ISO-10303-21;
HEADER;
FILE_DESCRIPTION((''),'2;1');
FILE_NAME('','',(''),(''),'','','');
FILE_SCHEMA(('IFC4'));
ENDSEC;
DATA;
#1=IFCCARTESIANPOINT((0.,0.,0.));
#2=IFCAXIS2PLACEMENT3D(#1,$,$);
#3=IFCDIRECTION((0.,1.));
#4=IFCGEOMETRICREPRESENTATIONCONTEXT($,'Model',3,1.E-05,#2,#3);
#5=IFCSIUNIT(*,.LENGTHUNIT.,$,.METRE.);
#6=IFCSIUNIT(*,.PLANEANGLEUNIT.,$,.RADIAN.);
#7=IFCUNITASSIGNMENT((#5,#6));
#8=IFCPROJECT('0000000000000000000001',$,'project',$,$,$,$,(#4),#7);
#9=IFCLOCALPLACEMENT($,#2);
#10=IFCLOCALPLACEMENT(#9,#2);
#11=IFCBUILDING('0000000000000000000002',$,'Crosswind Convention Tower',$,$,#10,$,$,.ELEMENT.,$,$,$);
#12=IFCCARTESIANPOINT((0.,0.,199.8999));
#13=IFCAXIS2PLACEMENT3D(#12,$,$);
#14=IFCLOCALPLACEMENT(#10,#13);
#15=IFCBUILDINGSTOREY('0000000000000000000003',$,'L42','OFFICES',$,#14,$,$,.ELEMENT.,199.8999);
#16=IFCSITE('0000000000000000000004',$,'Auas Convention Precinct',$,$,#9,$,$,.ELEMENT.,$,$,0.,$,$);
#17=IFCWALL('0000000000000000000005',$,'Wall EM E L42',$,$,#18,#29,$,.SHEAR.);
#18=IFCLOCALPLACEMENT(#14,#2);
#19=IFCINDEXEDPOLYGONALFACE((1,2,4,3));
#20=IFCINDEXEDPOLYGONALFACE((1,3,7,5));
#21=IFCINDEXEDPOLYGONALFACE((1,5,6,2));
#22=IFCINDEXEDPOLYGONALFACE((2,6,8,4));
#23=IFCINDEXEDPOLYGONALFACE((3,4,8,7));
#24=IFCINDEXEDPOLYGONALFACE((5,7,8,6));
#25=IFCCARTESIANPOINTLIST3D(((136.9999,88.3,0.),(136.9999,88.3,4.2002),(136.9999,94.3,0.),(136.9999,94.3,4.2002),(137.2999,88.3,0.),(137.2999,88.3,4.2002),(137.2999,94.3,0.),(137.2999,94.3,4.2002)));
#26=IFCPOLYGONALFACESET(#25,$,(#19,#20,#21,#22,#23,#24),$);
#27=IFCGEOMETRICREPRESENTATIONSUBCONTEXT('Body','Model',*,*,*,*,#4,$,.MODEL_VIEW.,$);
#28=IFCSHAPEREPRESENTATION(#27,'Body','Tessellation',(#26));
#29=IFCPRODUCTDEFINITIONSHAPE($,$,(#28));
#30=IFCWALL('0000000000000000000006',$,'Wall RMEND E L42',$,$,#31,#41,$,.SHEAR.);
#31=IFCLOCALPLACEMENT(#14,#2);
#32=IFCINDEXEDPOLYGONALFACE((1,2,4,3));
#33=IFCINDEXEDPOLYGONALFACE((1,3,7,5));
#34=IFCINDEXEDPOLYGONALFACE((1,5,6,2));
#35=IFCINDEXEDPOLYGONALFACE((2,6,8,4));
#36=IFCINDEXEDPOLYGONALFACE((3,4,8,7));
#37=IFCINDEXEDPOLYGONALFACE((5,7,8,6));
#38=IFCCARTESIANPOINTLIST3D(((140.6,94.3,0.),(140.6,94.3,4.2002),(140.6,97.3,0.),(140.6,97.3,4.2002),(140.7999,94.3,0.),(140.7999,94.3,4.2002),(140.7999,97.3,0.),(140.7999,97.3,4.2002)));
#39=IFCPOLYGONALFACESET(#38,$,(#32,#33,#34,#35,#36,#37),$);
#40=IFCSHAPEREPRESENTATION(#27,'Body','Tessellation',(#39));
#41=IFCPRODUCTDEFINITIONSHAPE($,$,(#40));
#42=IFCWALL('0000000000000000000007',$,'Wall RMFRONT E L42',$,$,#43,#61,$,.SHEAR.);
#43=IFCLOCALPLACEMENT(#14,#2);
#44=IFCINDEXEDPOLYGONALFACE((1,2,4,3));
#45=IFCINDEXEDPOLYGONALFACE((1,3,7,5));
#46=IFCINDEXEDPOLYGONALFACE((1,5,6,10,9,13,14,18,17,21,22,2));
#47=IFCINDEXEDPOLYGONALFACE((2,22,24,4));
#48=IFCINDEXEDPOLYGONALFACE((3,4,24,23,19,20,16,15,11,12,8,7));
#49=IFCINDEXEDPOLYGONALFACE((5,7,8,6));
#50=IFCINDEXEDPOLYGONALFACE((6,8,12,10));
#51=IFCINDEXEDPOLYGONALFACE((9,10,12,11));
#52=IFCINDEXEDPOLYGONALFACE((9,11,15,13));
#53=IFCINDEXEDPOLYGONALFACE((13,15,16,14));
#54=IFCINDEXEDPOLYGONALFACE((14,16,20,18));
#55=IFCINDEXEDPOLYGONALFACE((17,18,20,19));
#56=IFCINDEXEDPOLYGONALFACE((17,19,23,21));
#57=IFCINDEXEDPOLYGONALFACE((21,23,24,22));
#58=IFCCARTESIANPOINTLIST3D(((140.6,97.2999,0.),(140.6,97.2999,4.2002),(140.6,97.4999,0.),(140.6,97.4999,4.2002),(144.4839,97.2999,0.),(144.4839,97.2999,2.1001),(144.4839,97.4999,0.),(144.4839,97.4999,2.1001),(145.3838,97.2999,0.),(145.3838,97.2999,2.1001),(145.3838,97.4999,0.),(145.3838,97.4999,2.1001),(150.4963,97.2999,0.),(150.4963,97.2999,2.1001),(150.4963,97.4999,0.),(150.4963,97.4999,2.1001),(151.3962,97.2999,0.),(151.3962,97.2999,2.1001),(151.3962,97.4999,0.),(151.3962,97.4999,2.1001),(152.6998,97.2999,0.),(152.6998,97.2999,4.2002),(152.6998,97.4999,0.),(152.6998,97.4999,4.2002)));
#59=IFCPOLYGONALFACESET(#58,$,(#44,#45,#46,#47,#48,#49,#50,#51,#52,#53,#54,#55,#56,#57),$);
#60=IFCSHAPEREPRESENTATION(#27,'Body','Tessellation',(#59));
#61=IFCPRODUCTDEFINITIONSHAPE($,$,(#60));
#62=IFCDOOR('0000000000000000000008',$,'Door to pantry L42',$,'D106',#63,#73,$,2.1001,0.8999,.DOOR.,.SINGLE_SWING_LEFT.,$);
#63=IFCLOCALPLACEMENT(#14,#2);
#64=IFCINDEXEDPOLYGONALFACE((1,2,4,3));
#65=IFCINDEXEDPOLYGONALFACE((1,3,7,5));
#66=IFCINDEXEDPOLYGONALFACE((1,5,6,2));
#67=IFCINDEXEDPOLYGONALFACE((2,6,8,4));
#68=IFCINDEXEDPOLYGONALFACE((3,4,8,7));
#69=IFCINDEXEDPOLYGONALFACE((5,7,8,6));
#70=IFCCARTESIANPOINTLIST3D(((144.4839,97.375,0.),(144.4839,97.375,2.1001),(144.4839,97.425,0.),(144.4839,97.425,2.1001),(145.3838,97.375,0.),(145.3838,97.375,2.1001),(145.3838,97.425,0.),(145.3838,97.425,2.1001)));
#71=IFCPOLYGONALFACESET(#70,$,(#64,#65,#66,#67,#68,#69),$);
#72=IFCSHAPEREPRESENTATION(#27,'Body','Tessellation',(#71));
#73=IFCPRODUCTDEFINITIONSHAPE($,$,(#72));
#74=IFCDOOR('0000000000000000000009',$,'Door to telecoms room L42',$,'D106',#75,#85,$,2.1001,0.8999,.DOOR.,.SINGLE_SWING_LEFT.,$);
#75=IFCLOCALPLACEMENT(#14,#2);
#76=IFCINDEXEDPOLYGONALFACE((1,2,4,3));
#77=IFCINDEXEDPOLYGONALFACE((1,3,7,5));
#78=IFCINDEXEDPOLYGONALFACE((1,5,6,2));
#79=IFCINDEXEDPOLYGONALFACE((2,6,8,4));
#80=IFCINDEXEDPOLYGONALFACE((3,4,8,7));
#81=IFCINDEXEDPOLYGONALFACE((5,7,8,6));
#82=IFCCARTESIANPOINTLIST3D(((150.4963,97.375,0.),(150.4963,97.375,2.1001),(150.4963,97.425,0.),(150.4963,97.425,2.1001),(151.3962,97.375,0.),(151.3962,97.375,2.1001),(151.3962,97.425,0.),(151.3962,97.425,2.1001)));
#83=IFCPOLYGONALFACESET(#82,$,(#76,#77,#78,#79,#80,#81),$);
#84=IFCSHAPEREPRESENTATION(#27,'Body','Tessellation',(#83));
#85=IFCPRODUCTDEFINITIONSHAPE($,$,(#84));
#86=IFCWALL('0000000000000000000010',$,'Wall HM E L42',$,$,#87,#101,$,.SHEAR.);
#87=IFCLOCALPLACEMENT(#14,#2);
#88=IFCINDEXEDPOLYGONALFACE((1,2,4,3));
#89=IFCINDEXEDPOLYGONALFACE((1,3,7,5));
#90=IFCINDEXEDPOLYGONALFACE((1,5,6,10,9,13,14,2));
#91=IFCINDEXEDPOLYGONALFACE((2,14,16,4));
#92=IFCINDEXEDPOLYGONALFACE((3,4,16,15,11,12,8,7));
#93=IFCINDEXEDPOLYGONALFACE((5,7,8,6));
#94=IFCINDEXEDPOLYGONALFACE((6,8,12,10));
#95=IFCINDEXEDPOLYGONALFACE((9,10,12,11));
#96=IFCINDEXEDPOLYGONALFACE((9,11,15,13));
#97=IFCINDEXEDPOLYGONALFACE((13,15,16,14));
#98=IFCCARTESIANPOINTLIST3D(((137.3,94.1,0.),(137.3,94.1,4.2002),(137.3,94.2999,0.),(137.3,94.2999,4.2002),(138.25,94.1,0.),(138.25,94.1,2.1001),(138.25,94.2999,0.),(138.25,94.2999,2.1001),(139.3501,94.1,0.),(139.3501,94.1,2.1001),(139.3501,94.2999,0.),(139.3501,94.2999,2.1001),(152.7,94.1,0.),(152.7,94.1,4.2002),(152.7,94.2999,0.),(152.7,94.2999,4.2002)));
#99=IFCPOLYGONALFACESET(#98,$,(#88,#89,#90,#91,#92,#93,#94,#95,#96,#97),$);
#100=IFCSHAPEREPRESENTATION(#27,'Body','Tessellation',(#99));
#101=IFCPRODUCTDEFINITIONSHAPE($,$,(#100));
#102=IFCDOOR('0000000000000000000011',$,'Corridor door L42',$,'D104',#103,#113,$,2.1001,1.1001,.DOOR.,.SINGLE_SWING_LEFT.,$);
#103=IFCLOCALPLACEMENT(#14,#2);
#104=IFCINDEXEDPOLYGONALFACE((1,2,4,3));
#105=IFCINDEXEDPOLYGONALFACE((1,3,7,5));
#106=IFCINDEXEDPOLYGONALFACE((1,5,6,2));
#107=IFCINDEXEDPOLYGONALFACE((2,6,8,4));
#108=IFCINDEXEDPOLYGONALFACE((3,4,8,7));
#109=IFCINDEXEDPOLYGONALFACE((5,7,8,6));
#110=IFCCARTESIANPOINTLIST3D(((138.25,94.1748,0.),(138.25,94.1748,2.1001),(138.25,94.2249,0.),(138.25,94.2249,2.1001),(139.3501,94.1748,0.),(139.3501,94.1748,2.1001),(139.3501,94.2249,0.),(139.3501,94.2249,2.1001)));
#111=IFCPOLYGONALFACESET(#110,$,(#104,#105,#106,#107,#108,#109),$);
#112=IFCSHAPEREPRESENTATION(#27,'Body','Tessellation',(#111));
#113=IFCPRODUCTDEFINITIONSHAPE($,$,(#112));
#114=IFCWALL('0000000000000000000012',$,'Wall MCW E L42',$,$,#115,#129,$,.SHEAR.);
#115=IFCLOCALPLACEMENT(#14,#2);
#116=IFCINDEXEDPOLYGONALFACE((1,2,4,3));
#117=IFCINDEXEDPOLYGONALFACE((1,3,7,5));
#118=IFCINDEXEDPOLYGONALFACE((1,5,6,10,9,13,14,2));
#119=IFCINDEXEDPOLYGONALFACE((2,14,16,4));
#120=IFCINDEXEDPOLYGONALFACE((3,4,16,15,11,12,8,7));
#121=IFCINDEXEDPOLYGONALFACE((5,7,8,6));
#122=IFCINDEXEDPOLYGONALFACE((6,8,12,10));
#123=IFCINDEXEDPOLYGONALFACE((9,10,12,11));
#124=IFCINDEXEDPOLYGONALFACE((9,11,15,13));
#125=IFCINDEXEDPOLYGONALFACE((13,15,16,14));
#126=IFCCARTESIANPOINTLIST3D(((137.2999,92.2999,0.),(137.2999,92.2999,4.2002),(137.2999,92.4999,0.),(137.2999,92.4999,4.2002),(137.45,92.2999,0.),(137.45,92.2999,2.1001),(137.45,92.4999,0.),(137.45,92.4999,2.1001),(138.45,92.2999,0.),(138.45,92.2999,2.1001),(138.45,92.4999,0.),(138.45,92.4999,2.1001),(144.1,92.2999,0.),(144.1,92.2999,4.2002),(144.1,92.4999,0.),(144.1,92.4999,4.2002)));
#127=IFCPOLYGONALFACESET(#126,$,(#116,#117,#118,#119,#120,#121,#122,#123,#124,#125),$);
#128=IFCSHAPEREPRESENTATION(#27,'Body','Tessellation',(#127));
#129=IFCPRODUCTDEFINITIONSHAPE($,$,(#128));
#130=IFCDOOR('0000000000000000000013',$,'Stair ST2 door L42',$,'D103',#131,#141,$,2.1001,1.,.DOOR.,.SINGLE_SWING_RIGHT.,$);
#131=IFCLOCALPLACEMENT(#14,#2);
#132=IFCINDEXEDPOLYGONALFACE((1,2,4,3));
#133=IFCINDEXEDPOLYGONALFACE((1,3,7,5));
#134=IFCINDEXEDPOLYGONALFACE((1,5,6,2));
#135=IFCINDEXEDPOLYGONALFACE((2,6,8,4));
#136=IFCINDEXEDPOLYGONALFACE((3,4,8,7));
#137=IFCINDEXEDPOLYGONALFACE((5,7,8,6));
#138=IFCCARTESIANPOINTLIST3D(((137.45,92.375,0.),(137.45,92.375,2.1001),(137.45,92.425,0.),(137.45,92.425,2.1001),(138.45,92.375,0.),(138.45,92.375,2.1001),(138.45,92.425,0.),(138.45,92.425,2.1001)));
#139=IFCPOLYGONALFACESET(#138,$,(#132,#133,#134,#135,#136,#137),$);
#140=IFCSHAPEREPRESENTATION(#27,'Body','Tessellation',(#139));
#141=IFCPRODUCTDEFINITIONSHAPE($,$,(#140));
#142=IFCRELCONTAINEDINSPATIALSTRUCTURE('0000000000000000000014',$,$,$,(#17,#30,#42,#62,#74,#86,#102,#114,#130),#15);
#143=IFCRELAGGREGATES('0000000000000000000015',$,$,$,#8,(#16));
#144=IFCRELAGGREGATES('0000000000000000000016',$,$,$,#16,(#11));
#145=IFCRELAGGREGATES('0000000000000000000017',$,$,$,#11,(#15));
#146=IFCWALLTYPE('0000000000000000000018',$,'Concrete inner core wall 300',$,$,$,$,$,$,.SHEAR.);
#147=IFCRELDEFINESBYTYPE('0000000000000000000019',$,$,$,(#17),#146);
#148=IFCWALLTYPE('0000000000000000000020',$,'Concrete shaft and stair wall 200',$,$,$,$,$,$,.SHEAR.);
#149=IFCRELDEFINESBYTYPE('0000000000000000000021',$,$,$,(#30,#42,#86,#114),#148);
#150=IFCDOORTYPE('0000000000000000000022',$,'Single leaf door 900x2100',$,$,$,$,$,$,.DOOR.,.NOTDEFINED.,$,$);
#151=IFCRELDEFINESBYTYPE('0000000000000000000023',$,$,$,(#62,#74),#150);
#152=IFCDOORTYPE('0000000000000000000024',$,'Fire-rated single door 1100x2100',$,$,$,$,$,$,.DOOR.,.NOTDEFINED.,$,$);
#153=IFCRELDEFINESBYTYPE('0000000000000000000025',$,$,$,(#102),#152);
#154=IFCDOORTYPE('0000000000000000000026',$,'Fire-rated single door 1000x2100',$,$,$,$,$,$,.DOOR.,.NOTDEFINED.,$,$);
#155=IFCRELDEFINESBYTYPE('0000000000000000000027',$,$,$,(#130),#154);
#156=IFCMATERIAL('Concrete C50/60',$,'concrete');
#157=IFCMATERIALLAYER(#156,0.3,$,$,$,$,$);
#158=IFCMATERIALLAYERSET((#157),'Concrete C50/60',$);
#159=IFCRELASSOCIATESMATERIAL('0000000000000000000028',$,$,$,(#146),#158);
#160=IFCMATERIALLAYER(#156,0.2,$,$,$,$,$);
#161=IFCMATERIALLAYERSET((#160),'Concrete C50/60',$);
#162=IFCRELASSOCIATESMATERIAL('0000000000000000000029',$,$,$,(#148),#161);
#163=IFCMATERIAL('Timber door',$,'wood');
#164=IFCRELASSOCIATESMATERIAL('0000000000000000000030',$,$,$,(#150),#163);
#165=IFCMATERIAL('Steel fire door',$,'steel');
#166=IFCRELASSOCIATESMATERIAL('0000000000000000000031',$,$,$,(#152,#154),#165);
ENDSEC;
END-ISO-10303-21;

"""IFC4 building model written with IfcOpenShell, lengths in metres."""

from ifc_helpers import new_model, si_unit, direction, frame, frame_2d, origin, place, context, subcontext, project, spatial, rectangle, extrude, material, layer, layer_set, type_object, element, fill, save


model = new_model("IFC4")

# Units and contexts
model_context = context("Model", 3, precision=1e-05, world=origin(), true_north=direction((0.0, 1.0)))
body_context = subcontext(model_context, "Body", "Model", "MODEL_VIEW")
ifc_project = project(units=[si_unit("LENGTHUNIT", "METRE"), si_unit("PLANEANGLEUNIT", "RADIAN")], contexts=[model_context])

# Site, building, storey
site_placement = place(None, origin())
site = spatial("IfcSite", under=ifc_project, at=site_placement, Name="Auas Convention Precinct", CompositionType="ELEMENT", RefElevation=0.0)
building_placement = place(site_placement, origin())
building = spatial("IfcBuilding", under=site, at=building_placement, Name="Crosswind Convention Tower", CompositionType="ELEMENT")
storey_placement = place(building_placement, frame((0.0, 0.0, 199.8999)))
storey = spatial("IfcBuildingStorey", under=building, at=storey_placement, Name="L42", Description="OFFICES", CompositionType="ELEMENT", Elevation=199.8999)

# Shared definitions
ifc_material_1 = material(Name="Concrete C50/60", Category="concrete")
ifc_layer_1 = layer(ifc_material_1, 0.3)
ifc_layer_set_1 = layer_set([ifc_layer_1], Name="Concrete C50/60")
wall_type_1 = type_object("IfcWallType", Name="Concrete inner core wall 300", PredefinedType="SHEAR", material=ifc_layer_set_1)

# Walls
wall_1_placement = place(storey_placement, frame((137.1499, 88.3, 0.0), z_axis=(0.0, 0.0, 1.0), x_axis=(0.0, 1.0, 0.0)))
element("IfcWall", 1, at=wall_1_placement, inside=storey, type_object=wall_type_1, Name="Wall EM E L42", PredefinedType="SHEAR", context=body_context, shape_type="SweptSolid", body=[
    extrude(rectangle(XDim=6.0, YDim=0.3, at=frame_2d((3.0, 0.0))), origin(), (0.0, 0.0, 1.0), 4.2002),
])
ifc_layer_2 = layer(ifc_material_1, 0.2)
ifc_layer_set_2 = layer_set([ifc_layer_2], Name="Concrete C50/60")
wall_type_2 = type_object("IfcWallType", Name="Concrete shaft and stair wall 200", PredefinedType="SHEAR", material=ifc_layer_set_2)
wall_2_placement = place(storey_placement, frame((140.7, 94.3, 0.0), z_axis=(0.0, 0.0, 1.0), x_axis=(0.0, 1.0, 0.0)))
element("IfcWall", 2, at=wall_2_placement, inside=storey, type_object=wall_type_2, Name="Wall RMEND E L42", PredefinedType="SHEAR", context=body_context, shape_type="SweptSolid", body=[
    extrude(rectangle(XDim=3.0, YDim=0.2, at=frame_2d((1.5, 0.0))), origin(), (0.0, 0.0, 1.0), 4.2002),
])

# Wall, openings, doors
wall_3_placement = place(storey_placement, frame((140.6001, 97.3999, 0.0), z_axis=(0.0, 0.0, 1.0), x_axis=(1.0, 0.0, 0.0)))
wall_3 = element("IfcWall", 3, at=wall_3_placement, inside=storey, type_object=wall_type_2, Name="Wall RMFRONT E L42", PredefinedType="SHEAR", context=body_context, shape_type="SweptSolid", body=[
    extrude(rectangle(XDim=12.0999, YDim=0.2, at=frame_2d((6.0498, 0.0))), origin(), (0.0, 0.0, 1.0), 4.2002),
])
opening_1_placement = place(wall_3_placement, frame((3.8838, 0.0, 0.0)))
opening_1 = element("IfcOpeningElement", 4, at=opening_1_placement, cuts=wall_3, PredefinedType="OPENING", context=body_context, shape_type="SweptSolid", body=[
    extrude(rectangle(XDim=0.8999, YDim=2.1001, at=frame_2d((0.45, 1.05))), frame((0.0, 0.1099, 0.0), z_axis=(0.0, -1.0, 0.0), x_axis=(1.0, 0.0, 0.0)), (0.0, 0.0, 1.0), 0.22),
])
opening_2_placement = place(wall_3_placement, frame((9.8962, 0.0, 0.0)))
opening_2 = element("IfcOpeningElement", 5, at=opening_2_placement, cuts=wall_3, PredefinedType="OPENING", context=body_context, shape_type="SweptSolid", body=[
    extrude(rectangle(XDim=0.8999, YDim=2.1001, at=frame_2d((0.45, 1.05))), frame((0.0, 0.1099, 0.0), z_axis=(0.0, -1.0, 0.0), x_axis=(1.0, 0.0, 0.0)), (0.0, 0.0, 1.0), 0.22),
])
ifc_material_2 = material(Name="Timber door", Category="wood")
door_type_1 = type_object("IfcDoorType", Name="Single leaf door 900x2100", OperationType="NOTDEFINED", PredefinedType="DOOR", material=ifc_material_2)
door_1_placement = place(opening_1_placement, frame((0.8999, 0.0, 0.0), z_axis=(0.0, 0.0, 1.0), x_axis=(-1.0, 0.0, 0.0)))
door_1 = element("IfcDoor", 6, at=door_1_placement, inside=storey, type_object=door_type_1, Name="Door to pantry L42", ObjectType="D106", OperationType="SINGLE_SWING_LEFT", OverallHeight=2.1001, OverallWidth=0.8999, PredefinedType="DOOR", context=body_context, shape_type="SweptSolid", body=[
    extrude(rectangle(XDim=0.8999, YDim=2.1001, at=frame_2d((0.45, 1.05))), frame((0.0, 0.0249, 0.0), z_axis=(0.0, -1.0, 0.0), x_axis=(1.0, 0.0, 0.0)), (0.0, 0.0, 1.0), 0.05),
])
fill(opening_1, door_1)
door_2_placement = place(opening_2_placement, frame((0.8999, 0.0, 0.0), z_axis=(0.0, 0.0, 1.0), x_axis=(-1.0, 0.0, 0.0)))
door_2 = element("IfcDoor", 7, at=door_2_placement, inside=storey, type_object=door_type_1, Name="Door to telecoms room L42", ObjectType="D106", OperationType="SINGLE_SWING_LEFT", OverallHeight=2.1001, OverallWidth=0.8999, PredefinedType="DOOR", context=body_context, shape_type="SweptSolid", body=[
    extrude(rectangle(XDim=0.8999, YDim=2.1001, at=frame_2d((0.45, 1.05))), frame((0.0, 0.0249, 0.0), z_axis=(0.0, -1.0, 0.0), x_axis=(1.0, 0.0, 0.0)), (0.0, 0.0, 1.0), 0.05),
])
fill(opening_2, door_2)

# Walls, openings, doors
wall_4_placement = place(storey_placement, frame((137.3, 94.2, 0.0), z_axis=(0.0, 0.0, 1.0), x_axis=(1.0, 0.0, 0.0)))
wall_4 = element("IfcWall", 8, at=wall_4_placement, inside=storey, type_object=wall_type_2, Name="Wall HM E L42", PredefinedType="SHEAR", context=body_context, shape_type="SweptSolid", body=[
    extrude(rectangle(XDim=15.3999, YDim=0.2, at=frame_2d((7.7, 0.0))), origin(), (0.0, 0.0, 1.0), 4.2002),
])
opening_3_placement = place(wall_4_placement, frame((0.95, 0.0, 0.0)))
opening_3 = element("IfcOpeningElement", 9, at=opening_3_placement, cuts=wall_4, PredefinedType="OPENING", context=body_context, shape_type="SweptSolid", body=[
    extrude(rectangle(XDim=1.1001, YDim=2.1001, at=frame_2d((0.55, 1.05))), frame((0.0, 0.1099, 0.0), z_axis=(0.0, -1.0, 0.0), x_axis=(1.0, 0.0, 0.0)), (0.0, 0.0, 1.0), 0.22),
])
ifc_material_3 = material(Name="Steel fire door", Category="steel")
door_type_2 = type_object("IfcDoorType", Name="Fire-rated single door 1100x2100", OperationType="NOTDEFINED", PredefinedType="DOOR", material=ifc_material_3)
door_3_placement = place(opening_3_placement, origin())
door_3 = element("IfcDoor", 10, at=door_3_placement, inside=storey, type_object=door_type_2, Name="Corridor door L42", ObjectType="D104", OperationType="SINGLE_SWING_LEFT", OverallHeight=2.1001, OverallWidth=1.1001, PredefinedType="DOOR", context=body_context, shape_type="SweptSolid", body=[
    extrude(rectangle(XDim=1.1001, YDim=2.1001, at=frame_2d((0.55, 1.05))), frame((0.0, 0.0249, 0.0), z_axis=(0.0, -1.0, 0.0), x_axis=(1.0, 0.0, 0.0)), (0.0, 0.0, 1.0), 0.05),
])
fill(opening_3, door_3)
wall_5_placement = place(storey_placement, frame((137.3, 92.3999, 0.0), z_axis=(0.0, 0.0, 1.0), x_axis=(1.0, 0.0, 0.0)))
wall_5 = element("IfcWall", 11, at=wall_5_placement, inside=storey, type_object=wall_type_2, Name="Wall MCW E L42", PredefinedType="SHEAR", context=body_context, shape_type="SweptSolid", body=[
    extrude(rectangle(XDim=6.8, YDim=0.2, at=frame_2d((3.3999, 0.0))), origin(), (0.0, 0.0, 1.0), 4.2002),
])
opening_4_placement = place(wall_5_placement, frame((0.1499, 0.0, 0.0)))
opening_4 = element("IfcOpeningElement", 12, at=opening_4_placement, cuts=wall_5, PredefinedType="OPENING", context=body_context, shape_type="SweptSolid", body=[
    extrude(rectangle(XDim=1.0, YDim=2.1001, at=frame_2d((0.5, 1.05))), frame((0.0, 0.1099, 0.0), z_axis=(0.0, -1.0, 0.0), x_axis=(1.0, 0.0, 0.0)), (0.0, 0.0, 1.0), 0.22),
])
door_type_3 = type_object("IfcDoorType", Name="Fire-rated single door 1000x2100", OperationType="NOTDEFINED", PredefinedType="DOOR", material=ifc_material_3)
door_4_placement = place(opening_4_placement, frame((1.0, 0.0, 0.0), z_axis=(0.0, 0.0, 1.0), x_axis=(-1.0, 0.0, 0.0)))
door_4 = element("IfcDoor", 13, at=door_4_placement, inside=storey, type_object=door_type_3, Name="Stair ST2 door L42", ObjectType="D103", OperationType="SINGLE_SWING_RIGHT", OverallHeight=2.1001, OverallWidth=1.0, PredefinedType="DOOR", context=body_context, shape_type="SweptSolid", body=[
    extrude(rectangle(XDim=1.0, YDim=2.1001, at=frame_2d((0.5, 1.05))), frame((0.0, 0.0249, 0.0), z_axis=(0.0, -1.0, 0.0), x_axis=(1.0, 0.0, 0.0)), (0.0, 0.0, 1.0), 0.05),
])
fill(opening_4, door_4)

save(model, "model.ifc")
